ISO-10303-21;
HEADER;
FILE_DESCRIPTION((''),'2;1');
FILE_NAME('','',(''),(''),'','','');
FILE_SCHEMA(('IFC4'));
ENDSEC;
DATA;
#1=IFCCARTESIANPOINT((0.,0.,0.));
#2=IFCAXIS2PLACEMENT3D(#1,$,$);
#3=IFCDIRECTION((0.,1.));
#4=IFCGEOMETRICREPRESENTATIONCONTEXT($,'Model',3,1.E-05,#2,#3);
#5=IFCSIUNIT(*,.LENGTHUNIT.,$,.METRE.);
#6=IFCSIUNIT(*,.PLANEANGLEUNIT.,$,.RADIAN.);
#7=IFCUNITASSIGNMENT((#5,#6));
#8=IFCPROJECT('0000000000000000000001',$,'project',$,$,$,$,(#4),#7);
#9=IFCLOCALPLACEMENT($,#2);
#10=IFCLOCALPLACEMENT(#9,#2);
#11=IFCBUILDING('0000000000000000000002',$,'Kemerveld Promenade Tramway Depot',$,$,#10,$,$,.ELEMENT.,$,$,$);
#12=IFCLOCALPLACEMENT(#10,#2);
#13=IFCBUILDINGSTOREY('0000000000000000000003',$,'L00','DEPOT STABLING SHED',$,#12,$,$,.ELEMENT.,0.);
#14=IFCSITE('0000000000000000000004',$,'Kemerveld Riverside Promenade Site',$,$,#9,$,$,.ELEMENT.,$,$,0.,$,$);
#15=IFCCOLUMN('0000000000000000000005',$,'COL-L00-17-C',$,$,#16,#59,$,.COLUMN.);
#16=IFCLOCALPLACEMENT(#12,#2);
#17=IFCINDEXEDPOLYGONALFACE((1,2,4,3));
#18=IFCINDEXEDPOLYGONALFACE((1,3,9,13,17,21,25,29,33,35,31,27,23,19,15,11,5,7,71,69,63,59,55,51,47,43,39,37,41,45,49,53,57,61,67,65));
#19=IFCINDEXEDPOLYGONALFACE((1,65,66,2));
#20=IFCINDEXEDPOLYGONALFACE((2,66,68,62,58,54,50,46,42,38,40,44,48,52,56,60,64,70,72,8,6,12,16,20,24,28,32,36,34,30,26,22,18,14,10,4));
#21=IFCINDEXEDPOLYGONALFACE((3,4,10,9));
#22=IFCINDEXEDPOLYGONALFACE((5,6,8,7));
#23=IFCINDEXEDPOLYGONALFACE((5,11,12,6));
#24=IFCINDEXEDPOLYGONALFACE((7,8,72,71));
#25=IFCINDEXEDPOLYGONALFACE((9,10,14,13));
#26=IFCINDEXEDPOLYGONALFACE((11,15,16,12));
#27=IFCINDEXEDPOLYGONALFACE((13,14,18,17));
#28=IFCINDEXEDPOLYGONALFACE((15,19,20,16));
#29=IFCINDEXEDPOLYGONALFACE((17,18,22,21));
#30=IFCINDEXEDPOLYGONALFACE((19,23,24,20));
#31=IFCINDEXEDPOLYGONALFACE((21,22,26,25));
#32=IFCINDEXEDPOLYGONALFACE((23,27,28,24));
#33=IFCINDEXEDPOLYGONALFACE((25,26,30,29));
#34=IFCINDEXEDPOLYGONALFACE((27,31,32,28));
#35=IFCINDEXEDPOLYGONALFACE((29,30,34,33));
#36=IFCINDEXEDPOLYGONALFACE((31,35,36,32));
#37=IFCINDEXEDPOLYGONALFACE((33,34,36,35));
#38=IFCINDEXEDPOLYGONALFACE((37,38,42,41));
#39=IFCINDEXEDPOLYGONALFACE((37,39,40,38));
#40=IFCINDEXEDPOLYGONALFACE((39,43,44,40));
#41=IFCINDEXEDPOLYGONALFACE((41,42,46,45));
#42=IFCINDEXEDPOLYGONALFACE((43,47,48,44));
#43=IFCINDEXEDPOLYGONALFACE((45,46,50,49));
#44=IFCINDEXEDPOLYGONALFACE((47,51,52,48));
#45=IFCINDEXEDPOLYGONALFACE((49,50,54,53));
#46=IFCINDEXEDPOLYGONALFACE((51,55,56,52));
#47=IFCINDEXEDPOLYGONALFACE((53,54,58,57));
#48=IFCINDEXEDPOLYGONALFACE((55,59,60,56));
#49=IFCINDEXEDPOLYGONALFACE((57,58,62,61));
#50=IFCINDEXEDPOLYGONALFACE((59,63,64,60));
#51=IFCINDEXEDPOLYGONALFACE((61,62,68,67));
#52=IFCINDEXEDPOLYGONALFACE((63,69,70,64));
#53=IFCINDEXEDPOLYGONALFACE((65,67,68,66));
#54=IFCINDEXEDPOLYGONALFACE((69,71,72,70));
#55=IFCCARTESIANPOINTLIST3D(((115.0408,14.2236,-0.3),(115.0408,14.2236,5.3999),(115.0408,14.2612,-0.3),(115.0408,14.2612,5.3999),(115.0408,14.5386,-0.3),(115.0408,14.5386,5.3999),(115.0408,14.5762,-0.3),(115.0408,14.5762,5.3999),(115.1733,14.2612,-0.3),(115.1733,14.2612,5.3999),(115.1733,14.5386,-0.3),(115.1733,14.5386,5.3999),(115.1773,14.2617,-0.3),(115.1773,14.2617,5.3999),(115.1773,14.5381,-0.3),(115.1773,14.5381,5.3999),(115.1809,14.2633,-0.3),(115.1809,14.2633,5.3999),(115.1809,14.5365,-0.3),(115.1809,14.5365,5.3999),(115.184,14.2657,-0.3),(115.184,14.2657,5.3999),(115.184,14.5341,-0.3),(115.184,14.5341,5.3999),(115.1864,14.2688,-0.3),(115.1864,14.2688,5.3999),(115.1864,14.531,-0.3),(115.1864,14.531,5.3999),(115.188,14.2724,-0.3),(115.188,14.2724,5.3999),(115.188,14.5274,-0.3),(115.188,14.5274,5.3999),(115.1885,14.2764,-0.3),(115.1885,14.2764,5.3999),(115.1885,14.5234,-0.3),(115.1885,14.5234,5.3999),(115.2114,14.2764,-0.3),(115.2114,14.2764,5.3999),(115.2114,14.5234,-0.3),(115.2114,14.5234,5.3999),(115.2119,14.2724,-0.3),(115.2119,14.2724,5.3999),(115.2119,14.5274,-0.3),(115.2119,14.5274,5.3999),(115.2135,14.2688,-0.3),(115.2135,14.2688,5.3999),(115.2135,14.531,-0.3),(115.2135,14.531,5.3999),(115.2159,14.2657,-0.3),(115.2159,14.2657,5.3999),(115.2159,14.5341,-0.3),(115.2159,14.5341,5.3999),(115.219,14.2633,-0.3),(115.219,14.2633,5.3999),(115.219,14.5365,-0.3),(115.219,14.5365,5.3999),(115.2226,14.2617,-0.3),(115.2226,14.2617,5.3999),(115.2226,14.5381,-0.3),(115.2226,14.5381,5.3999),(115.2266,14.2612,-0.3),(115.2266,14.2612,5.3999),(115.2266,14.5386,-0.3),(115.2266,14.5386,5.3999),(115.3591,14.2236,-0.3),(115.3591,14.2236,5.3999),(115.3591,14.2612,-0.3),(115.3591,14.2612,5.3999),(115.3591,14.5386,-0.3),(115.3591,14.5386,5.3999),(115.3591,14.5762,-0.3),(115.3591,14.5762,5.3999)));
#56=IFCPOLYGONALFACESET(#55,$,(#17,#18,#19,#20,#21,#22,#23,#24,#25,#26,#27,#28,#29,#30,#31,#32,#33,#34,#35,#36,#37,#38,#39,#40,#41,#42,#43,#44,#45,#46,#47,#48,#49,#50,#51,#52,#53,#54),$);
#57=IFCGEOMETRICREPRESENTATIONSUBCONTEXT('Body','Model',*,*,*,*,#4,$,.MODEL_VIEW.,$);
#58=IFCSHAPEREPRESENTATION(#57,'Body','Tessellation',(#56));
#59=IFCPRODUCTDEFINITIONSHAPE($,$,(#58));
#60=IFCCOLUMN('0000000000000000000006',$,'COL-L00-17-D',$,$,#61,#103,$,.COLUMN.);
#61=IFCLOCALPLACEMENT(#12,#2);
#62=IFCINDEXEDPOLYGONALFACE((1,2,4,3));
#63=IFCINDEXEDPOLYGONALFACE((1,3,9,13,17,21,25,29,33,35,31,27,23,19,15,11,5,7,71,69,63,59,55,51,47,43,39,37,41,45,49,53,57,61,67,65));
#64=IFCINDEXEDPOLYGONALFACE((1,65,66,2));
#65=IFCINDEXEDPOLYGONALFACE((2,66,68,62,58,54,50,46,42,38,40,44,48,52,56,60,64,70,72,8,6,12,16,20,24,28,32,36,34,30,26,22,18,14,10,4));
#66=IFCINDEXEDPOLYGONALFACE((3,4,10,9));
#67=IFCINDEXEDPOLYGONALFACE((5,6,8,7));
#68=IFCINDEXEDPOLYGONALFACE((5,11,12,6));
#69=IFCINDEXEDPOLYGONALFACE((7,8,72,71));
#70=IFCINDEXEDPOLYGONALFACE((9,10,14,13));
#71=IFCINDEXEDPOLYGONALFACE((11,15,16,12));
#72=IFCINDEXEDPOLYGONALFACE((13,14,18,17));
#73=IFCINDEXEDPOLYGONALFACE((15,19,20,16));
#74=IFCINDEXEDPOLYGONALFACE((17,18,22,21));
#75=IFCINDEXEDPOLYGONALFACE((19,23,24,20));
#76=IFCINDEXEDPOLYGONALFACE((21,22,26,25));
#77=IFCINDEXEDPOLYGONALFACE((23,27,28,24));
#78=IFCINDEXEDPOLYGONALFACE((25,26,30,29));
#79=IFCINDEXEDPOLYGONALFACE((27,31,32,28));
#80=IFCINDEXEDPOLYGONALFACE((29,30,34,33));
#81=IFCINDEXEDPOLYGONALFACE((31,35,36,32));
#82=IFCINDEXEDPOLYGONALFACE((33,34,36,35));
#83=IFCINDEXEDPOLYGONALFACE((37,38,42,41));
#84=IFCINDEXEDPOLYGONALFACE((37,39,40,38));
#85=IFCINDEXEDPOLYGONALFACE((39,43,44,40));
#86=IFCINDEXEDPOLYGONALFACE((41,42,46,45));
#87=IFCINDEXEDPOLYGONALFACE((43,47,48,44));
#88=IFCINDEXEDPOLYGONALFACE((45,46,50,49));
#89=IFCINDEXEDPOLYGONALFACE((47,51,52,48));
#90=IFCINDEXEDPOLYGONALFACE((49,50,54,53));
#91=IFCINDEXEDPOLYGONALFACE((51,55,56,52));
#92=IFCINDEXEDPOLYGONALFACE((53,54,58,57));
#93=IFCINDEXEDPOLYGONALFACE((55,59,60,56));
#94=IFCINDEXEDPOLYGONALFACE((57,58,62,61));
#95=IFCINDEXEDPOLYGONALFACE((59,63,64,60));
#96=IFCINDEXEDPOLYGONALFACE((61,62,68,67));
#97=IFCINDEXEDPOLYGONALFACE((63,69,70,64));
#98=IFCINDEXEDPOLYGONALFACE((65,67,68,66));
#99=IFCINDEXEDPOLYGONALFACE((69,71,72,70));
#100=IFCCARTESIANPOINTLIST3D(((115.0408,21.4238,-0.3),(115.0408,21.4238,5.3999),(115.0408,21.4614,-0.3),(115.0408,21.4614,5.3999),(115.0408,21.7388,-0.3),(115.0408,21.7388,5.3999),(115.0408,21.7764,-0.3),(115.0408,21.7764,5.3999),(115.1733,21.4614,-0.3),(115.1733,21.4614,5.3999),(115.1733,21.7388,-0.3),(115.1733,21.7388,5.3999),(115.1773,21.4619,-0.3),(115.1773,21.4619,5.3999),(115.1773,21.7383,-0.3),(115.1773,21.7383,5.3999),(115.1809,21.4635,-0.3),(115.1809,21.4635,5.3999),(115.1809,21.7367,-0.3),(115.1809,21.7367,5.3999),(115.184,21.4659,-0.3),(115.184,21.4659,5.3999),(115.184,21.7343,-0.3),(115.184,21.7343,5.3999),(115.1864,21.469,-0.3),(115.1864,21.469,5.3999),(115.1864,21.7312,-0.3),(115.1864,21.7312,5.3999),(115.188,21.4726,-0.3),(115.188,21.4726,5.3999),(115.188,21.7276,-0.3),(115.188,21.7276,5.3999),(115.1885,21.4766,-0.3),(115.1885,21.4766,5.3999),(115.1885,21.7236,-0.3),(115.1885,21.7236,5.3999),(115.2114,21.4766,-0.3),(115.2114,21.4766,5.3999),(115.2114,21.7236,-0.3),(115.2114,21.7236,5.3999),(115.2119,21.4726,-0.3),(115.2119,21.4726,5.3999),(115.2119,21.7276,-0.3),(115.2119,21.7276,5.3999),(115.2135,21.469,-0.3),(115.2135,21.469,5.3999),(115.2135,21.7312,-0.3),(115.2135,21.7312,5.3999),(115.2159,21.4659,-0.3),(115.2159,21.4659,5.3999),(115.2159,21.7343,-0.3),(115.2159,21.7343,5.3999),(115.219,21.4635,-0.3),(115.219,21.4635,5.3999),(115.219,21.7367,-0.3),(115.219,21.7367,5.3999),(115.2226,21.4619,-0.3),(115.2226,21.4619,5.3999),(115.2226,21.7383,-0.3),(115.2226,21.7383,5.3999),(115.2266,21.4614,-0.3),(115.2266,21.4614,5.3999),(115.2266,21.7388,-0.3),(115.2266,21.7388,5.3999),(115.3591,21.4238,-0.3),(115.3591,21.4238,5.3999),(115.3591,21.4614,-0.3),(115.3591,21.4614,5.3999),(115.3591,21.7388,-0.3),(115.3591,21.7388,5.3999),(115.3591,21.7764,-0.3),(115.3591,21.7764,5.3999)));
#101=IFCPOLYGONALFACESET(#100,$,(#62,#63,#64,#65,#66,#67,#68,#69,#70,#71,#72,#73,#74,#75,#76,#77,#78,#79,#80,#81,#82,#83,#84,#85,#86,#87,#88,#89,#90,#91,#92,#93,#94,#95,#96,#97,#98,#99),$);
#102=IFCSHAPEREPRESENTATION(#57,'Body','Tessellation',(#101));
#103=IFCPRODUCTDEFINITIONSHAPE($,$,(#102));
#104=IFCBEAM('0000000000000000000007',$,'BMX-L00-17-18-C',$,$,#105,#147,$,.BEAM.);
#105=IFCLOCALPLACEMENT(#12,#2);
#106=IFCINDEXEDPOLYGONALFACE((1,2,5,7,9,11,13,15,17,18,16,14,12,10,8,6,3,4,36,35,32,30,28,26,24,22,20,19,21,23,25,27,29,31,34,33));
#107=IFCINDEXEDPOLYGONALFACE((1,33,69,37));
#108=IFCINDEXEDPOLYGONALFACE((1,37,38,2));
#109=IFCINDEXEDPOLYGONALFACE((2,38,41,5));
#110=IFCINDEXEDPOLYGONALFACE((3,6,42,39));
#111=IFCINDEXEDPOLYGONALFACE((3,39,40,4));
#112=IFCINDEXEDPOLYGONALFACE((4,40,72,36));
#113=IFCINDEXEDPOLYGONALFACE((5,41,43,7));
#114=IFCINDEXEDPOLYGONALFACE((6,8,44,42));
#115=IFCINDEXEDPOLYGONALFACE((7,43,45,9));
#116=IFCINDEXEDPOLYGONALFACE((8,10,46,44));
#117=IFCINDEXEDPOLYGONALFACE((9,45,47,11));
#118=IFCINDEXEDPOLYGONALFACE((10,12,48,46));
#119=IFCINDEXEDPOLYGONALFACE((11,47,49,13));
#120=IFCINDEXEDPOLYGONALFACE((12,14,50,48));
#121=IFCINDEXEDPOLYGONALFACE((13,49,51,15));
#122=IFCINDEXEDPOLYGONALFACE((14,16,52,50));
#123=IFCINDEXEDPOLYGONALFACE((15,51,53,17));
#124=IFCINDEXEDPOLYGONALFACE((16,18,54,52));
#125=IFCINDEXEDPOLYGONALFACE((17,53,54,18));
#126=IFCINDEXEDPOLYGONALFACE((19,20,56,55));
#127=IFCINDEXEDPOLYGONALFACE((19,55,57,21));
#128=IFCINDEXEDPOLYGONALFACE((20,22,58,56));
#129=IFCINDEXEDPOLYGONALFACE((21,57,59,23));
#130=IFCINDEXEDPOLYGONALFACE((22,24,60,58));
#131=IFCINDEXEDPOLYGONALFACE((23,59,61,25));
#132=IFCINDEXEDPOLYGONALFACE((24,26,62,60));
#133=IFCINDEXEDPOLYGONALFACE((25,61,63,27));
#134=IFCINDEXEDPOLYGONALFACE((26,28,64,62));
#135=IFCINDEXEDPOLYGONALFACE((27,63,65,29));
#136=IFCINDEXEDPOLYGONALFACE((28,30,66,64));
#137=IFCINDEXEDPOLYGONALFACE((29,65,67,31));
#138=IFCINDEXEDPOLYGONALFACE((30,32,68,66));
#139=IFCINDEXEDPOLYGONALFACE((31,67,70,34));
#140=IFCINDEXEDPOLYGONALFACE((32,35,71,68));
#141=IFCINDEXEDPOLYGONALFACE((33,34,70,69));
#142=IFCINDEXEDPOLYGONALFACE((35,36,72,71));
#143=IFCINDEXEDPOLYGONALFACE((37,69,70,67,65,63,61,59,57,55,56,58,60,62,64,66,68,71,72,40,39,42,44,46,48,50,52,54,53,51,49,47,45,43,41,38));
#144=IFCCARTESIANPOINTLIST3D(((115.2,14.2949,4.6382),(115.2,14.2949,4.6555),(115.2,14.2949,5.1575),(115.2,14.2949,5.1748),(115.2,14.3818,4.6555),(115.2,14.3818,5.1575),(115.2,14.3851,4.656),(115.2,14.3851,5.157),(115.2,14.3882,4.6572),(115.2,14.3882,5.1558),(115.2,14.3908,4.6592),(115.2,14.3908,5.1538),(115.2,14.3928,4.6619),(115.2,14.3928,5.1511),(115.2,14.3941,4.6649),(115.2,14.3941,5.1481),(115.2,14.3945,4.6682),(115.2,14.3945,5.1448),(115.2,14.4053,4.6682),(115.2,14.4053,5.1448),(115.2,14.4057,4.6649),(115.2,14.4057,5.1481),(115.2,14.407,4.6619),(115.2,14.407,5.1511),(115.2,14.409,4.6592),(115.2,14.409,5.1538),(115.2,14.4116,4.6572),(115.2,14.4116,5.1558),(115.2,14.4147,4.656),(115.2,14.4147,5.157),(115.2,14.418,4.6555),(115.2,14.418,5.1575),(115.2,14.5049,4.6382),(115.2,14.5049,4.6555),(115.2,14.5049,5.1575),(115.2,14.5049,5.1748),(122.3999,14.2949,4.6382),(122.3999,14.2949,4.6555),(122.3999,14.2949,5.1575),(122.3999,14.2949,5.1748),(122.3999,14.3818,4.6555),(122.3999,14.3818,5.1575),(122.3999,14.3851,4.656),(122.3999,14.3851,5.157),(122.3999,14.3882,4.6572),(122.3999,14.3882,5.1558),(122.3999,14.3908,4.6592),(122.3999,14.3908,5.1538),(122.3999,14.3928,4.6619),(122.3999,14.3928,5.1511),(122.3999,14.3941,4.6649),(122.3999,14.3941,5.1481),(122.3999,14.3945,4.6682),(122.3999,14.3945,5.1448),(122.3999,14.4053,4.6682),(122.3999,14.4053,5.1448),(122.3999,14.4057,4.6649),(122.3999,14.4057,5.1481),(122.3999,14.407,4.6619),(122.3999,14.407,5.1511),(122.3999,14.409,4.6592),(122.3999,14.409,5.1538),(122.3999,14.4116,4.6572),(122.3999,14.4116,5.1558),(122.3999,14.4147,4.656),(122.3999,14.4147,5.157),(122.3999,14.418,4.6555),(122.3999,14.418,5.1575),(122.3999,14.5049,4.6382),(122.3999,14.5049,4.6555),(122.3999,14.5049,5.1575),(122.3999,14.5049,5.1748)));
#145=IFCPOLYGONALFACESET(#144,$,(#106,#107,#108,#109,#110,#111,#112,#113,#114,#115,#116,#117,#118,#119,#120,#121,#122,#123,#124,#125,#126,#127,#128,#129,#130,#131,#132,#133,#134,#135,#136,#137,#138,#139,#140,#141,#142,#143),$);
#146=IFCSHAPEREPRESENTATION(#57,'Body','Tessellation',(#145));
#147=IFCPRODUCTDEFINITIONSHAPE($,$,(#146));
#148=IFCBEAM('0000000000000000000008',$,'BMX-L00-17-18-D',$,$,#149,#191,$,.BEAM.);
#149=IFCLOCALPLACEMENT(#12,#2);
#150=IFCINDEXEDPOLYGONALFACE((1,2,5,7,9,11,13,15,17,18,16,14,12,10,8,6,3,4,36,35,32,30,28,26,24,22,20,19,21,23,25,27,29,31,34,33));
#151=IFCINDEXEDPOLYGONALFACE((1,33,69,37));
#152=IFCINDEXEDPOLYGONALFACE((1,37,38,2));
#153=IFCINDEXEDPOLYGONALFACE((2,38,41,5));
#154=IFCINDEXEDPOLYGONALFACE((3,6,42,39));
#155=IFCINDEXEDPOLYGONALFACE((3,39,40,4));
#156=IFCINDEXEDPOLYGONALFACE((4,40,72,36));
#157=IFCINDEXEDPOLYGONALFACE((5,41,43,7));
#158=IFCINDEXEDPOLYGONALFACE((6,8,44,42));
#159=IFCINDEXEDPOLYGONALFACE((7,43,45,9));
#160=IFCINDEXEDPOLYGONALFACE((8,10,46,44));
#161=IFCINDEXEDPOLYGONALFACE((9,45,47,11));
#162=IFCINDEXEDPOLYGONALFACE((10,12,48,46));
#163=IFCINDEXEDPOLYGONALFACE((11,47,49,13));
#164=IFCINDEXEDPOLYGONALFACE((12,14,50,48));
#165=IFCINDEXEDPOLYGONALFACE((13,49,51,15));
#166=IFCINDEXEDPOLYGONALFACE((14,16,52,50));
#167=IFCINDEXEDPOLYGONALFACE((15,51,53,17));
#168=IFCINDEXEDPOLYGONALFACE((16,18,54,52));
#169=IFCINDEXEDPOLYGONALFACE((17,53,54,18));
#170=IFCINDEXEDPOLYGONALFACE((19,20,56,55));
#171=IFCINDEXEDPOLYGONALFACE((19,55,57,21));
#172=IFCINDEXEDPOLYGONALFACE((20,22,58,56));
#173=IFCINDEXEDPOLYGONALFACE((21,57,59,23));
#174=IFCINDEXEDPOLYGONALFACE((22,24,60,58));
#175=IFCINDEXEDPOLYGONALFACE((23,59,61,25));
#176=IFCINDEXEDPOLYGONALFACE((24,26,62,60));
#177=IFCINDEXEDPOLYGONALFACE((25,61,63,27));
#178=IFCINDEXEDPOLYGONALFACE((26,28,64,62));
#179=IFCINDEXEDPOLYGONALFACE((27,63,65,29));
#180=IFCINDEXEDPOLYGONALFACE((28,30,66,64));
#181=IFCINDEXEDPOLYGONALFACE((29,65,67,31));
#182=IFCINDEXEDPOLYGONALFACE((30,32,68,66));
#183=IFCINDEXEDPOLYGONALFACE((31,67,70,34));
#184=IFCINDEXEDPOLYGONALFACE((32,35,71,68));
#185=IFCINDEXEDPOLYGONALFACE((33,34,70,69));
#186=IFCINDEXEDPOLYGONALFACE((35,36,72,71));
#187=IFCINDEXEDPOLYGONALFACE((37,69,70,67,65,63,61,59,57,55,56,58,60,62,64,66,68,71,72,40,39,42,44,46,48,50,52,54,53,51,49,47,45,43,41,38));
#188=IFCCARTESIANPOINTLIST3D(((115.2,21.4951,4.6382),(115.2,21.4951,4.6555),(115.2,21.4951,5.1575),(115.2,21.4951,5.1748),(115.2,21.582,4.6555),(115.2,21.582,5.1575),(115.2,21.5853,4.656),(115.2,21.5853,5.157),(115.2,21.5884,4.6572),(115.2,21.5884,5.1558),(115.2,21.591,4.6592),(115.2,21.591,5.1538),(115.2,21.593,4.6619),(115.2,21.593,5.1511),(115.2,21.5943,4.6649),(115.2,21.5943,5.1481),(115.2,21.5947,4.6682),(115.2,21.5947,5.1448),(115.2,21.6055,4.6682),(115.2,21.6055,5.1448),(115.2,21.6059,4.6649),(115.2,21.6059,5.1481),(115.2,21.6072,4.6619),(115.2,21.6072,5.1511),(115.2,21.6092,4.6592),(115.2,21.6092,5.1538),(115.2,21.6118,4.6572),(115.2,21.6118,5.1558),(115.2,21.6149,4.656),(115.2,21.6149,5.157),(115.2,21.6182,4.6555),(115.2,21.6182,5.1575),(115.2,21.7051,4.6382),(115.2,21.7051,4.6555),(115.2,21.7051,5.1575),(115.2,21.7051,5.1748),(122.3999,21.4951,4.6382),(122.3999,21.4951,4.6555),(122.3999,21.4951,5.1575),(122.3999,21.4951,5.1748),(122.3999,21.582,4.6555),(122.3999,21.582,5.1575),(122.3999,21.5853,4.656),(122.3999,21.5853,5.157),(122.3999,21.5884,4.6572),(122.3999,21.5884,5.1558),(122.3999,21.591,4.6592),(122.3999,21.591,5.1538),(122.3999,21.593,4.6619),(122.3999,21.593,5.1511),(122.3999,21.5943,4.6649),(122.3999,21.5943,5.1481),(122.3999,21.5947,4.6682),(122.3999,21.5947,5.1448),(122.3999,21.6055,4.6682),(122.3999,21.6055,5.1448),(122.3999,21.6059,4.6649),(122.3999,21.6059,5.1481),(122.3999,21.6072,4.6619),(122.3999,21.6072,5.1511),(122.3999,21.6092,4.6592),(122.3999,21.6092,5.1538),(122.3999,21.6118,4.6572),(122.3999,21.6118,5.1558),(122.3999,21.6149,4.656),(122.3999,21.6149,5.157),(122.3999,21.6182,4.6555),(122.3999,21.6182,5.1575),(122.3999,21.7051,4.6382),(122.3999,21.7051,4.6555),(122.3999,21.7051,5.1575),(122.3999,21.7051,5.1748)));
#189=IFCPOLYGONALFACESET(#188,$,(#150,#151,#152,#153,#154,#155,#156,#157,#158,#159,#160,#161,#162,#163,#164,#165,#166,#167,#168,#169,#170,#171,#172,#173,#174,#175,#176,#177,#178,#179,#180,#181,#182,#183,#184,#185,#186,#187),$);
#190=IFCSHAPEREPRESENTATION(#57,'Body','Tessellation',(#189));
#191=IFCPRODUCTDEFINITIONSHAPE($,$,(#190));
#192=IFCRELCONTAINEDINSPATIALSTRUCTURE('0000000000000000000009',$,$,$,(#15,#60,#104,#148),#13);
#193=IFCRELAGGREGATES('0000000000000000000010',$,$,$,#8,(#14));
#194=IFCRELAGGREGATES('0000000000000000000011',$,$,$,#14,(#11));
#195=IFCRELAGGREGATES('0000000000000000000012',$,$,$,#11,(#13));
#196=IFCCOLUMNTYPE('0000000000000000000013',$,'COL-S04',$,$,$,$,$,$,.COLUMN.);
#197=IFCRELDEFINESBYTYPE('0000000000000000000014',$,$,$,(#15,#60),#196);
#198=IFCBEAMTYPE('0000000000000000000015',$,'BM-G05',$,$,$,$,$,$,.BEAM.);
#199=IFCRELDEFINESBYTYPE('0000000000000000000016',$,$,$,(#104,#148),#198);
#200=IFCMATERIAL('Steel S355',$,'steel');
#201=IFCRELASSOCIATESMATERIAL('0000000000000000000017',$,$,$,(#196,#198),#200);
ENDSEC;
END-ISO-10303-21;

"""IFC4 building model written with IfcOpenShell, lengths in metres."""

from ifc_helpers import new_model, si_unit, direction, frame, origin, origin_2d, place, context, subcontext, project, spatial, i_section, extrude, material, material_profile, profile_set, type_object, element, save


model = new_model("IFC4")

# Units and contexts
model_context = context("Model", 3, precision=1e-05, world=origin(), true_north=direction((0.0, 1.0)))
body_context = subcontext(model_context, "Body", "Model", "MODEL_VIEW")
ifc_project = project(units=[si_unit("LENGTHUNIT", "METRE"), si_unit("PLANEANGLEUNIT", "RADIAN")], contexts=[model_context])

# Site, building, storey
site_placement = place(None, origin())
site = spatial("IfcSite", under=ifc_project, at=site_placement, Name="Kemerveld Riverside Promenade Site", CompositionType="ELEMENT", RefElevation=0.0)
building_placement = place(site_placement, origin())
building = spatial("IfcBuilding", under=site, at=building_placement, Name="Kemerveld Promenade Tramway Depot", CompositionType="ELEMENT")
storey_placement = place(building_placement, origin())
storey = spatial("IfcBuildingStorey", under=building, at=storey_placement, Name="L00", Description="DEPOT STABLING SHED", CompositionType="ELEMENT", Elevation=0.0)

# Columns
ifc_material_1 = material(Name="Steel S355", Category="steel")
ifc_material_profile_1 = material_profile(ifc_material_1, i_section(OverallWidth=0.3184, OverallDepth=0.3525, WebThickness=0.0229, FlangeThickness=0.0376, FilletRadius=0.0151, at=origin_2d()), Name="305x305x240 UC")
ifc_profile_set_1 = profile_set([ifc_material_profile_1], Name="Steel S355")
column_type = type_object("IfcColumnType", Name="COL-S04", PredefinedType="COLUMN", material=ifc_profile_set_1)
for number, where, z_axis, x_axis, name in (
    (1, (115.2, 14.3999, -0.3), (0.0, 0.0, 1.0), (1.0, 0.0, 0.0), "COL-L00-17-C"),
    (2, (115.2, 21.6001, -0.3), (0.0, 0.0, 1.0), (1.0, 0.0, 0.0), "COL-L00-17-D"),
):
    element("IfcColumn", number, at=place(storey_placement, frame(where, z_axis=z_axis, x_axis=x_axis)), inside=storey, type_object=column_type, Name=name, PredefinedType="COLUMN", context=body_context, shape_type="SweptSolid", body=[
        extrude(i_section(OverallWidth=0.3184, OverallDepth=0.3525, WebThickness=0.0229, FlangeThickness=0.0376, FilletRadius=0.0151, at=origin_2d()), origin(), (0.0, 0.0, 1.0), 5.7),
    ])

# Beams
ifc_material_profile_2 = material_profile(ifc_material_1, i_section(OverallWidth=0.21, OverallDepth=0.5366, WebThickness=0.0107, FlangeThickness=0.0173, FilletRadius=0.0127, at=origin_2d()), Name="533x210x101 UB")
ifc_profile_set_2 = profile_set([ifc_material_profile_2], Name="Steel S355")
beam_type_1 = type_object("IfcBeamType", Name="BM-G05", PredefinedType="BEAM", material=ifc_profile_set_2)
for number, where, z_axis, x_axis, name in (
    (3, (115.2, 14.3999, 4.9065), (1.0, 0.0, 0.0), (0.0, 1.0, 0.0), "BMX-L00-17-18-C"),
    (4, (115.2, 21.6001, 4.9065), (1.0, 0.0, 0.0), (0.0, 1.0, 0.0), "BMX-L00-17-18-D"),
):
    element("IfcBeam", number, at=place(storey_placement, frame(where, z_axis=z_axis, x_axis=x_axis)), inside=storey, type_object=beam_type_1, Name=name, PredefinedType="BEAM", context=body_context, shape_type="SweptSolid", body=[
        extrude(i_section(OverallWidth=0.21, OverallDepth=0.5366, WebThickness=0.0107, FlangeThickness=0.0173, FilletRadius=0.0127, at=origin_2d()), origin(), (0.0, 0.0, 1.0), 7.2),
    ])

save(model, "model.ifc")
